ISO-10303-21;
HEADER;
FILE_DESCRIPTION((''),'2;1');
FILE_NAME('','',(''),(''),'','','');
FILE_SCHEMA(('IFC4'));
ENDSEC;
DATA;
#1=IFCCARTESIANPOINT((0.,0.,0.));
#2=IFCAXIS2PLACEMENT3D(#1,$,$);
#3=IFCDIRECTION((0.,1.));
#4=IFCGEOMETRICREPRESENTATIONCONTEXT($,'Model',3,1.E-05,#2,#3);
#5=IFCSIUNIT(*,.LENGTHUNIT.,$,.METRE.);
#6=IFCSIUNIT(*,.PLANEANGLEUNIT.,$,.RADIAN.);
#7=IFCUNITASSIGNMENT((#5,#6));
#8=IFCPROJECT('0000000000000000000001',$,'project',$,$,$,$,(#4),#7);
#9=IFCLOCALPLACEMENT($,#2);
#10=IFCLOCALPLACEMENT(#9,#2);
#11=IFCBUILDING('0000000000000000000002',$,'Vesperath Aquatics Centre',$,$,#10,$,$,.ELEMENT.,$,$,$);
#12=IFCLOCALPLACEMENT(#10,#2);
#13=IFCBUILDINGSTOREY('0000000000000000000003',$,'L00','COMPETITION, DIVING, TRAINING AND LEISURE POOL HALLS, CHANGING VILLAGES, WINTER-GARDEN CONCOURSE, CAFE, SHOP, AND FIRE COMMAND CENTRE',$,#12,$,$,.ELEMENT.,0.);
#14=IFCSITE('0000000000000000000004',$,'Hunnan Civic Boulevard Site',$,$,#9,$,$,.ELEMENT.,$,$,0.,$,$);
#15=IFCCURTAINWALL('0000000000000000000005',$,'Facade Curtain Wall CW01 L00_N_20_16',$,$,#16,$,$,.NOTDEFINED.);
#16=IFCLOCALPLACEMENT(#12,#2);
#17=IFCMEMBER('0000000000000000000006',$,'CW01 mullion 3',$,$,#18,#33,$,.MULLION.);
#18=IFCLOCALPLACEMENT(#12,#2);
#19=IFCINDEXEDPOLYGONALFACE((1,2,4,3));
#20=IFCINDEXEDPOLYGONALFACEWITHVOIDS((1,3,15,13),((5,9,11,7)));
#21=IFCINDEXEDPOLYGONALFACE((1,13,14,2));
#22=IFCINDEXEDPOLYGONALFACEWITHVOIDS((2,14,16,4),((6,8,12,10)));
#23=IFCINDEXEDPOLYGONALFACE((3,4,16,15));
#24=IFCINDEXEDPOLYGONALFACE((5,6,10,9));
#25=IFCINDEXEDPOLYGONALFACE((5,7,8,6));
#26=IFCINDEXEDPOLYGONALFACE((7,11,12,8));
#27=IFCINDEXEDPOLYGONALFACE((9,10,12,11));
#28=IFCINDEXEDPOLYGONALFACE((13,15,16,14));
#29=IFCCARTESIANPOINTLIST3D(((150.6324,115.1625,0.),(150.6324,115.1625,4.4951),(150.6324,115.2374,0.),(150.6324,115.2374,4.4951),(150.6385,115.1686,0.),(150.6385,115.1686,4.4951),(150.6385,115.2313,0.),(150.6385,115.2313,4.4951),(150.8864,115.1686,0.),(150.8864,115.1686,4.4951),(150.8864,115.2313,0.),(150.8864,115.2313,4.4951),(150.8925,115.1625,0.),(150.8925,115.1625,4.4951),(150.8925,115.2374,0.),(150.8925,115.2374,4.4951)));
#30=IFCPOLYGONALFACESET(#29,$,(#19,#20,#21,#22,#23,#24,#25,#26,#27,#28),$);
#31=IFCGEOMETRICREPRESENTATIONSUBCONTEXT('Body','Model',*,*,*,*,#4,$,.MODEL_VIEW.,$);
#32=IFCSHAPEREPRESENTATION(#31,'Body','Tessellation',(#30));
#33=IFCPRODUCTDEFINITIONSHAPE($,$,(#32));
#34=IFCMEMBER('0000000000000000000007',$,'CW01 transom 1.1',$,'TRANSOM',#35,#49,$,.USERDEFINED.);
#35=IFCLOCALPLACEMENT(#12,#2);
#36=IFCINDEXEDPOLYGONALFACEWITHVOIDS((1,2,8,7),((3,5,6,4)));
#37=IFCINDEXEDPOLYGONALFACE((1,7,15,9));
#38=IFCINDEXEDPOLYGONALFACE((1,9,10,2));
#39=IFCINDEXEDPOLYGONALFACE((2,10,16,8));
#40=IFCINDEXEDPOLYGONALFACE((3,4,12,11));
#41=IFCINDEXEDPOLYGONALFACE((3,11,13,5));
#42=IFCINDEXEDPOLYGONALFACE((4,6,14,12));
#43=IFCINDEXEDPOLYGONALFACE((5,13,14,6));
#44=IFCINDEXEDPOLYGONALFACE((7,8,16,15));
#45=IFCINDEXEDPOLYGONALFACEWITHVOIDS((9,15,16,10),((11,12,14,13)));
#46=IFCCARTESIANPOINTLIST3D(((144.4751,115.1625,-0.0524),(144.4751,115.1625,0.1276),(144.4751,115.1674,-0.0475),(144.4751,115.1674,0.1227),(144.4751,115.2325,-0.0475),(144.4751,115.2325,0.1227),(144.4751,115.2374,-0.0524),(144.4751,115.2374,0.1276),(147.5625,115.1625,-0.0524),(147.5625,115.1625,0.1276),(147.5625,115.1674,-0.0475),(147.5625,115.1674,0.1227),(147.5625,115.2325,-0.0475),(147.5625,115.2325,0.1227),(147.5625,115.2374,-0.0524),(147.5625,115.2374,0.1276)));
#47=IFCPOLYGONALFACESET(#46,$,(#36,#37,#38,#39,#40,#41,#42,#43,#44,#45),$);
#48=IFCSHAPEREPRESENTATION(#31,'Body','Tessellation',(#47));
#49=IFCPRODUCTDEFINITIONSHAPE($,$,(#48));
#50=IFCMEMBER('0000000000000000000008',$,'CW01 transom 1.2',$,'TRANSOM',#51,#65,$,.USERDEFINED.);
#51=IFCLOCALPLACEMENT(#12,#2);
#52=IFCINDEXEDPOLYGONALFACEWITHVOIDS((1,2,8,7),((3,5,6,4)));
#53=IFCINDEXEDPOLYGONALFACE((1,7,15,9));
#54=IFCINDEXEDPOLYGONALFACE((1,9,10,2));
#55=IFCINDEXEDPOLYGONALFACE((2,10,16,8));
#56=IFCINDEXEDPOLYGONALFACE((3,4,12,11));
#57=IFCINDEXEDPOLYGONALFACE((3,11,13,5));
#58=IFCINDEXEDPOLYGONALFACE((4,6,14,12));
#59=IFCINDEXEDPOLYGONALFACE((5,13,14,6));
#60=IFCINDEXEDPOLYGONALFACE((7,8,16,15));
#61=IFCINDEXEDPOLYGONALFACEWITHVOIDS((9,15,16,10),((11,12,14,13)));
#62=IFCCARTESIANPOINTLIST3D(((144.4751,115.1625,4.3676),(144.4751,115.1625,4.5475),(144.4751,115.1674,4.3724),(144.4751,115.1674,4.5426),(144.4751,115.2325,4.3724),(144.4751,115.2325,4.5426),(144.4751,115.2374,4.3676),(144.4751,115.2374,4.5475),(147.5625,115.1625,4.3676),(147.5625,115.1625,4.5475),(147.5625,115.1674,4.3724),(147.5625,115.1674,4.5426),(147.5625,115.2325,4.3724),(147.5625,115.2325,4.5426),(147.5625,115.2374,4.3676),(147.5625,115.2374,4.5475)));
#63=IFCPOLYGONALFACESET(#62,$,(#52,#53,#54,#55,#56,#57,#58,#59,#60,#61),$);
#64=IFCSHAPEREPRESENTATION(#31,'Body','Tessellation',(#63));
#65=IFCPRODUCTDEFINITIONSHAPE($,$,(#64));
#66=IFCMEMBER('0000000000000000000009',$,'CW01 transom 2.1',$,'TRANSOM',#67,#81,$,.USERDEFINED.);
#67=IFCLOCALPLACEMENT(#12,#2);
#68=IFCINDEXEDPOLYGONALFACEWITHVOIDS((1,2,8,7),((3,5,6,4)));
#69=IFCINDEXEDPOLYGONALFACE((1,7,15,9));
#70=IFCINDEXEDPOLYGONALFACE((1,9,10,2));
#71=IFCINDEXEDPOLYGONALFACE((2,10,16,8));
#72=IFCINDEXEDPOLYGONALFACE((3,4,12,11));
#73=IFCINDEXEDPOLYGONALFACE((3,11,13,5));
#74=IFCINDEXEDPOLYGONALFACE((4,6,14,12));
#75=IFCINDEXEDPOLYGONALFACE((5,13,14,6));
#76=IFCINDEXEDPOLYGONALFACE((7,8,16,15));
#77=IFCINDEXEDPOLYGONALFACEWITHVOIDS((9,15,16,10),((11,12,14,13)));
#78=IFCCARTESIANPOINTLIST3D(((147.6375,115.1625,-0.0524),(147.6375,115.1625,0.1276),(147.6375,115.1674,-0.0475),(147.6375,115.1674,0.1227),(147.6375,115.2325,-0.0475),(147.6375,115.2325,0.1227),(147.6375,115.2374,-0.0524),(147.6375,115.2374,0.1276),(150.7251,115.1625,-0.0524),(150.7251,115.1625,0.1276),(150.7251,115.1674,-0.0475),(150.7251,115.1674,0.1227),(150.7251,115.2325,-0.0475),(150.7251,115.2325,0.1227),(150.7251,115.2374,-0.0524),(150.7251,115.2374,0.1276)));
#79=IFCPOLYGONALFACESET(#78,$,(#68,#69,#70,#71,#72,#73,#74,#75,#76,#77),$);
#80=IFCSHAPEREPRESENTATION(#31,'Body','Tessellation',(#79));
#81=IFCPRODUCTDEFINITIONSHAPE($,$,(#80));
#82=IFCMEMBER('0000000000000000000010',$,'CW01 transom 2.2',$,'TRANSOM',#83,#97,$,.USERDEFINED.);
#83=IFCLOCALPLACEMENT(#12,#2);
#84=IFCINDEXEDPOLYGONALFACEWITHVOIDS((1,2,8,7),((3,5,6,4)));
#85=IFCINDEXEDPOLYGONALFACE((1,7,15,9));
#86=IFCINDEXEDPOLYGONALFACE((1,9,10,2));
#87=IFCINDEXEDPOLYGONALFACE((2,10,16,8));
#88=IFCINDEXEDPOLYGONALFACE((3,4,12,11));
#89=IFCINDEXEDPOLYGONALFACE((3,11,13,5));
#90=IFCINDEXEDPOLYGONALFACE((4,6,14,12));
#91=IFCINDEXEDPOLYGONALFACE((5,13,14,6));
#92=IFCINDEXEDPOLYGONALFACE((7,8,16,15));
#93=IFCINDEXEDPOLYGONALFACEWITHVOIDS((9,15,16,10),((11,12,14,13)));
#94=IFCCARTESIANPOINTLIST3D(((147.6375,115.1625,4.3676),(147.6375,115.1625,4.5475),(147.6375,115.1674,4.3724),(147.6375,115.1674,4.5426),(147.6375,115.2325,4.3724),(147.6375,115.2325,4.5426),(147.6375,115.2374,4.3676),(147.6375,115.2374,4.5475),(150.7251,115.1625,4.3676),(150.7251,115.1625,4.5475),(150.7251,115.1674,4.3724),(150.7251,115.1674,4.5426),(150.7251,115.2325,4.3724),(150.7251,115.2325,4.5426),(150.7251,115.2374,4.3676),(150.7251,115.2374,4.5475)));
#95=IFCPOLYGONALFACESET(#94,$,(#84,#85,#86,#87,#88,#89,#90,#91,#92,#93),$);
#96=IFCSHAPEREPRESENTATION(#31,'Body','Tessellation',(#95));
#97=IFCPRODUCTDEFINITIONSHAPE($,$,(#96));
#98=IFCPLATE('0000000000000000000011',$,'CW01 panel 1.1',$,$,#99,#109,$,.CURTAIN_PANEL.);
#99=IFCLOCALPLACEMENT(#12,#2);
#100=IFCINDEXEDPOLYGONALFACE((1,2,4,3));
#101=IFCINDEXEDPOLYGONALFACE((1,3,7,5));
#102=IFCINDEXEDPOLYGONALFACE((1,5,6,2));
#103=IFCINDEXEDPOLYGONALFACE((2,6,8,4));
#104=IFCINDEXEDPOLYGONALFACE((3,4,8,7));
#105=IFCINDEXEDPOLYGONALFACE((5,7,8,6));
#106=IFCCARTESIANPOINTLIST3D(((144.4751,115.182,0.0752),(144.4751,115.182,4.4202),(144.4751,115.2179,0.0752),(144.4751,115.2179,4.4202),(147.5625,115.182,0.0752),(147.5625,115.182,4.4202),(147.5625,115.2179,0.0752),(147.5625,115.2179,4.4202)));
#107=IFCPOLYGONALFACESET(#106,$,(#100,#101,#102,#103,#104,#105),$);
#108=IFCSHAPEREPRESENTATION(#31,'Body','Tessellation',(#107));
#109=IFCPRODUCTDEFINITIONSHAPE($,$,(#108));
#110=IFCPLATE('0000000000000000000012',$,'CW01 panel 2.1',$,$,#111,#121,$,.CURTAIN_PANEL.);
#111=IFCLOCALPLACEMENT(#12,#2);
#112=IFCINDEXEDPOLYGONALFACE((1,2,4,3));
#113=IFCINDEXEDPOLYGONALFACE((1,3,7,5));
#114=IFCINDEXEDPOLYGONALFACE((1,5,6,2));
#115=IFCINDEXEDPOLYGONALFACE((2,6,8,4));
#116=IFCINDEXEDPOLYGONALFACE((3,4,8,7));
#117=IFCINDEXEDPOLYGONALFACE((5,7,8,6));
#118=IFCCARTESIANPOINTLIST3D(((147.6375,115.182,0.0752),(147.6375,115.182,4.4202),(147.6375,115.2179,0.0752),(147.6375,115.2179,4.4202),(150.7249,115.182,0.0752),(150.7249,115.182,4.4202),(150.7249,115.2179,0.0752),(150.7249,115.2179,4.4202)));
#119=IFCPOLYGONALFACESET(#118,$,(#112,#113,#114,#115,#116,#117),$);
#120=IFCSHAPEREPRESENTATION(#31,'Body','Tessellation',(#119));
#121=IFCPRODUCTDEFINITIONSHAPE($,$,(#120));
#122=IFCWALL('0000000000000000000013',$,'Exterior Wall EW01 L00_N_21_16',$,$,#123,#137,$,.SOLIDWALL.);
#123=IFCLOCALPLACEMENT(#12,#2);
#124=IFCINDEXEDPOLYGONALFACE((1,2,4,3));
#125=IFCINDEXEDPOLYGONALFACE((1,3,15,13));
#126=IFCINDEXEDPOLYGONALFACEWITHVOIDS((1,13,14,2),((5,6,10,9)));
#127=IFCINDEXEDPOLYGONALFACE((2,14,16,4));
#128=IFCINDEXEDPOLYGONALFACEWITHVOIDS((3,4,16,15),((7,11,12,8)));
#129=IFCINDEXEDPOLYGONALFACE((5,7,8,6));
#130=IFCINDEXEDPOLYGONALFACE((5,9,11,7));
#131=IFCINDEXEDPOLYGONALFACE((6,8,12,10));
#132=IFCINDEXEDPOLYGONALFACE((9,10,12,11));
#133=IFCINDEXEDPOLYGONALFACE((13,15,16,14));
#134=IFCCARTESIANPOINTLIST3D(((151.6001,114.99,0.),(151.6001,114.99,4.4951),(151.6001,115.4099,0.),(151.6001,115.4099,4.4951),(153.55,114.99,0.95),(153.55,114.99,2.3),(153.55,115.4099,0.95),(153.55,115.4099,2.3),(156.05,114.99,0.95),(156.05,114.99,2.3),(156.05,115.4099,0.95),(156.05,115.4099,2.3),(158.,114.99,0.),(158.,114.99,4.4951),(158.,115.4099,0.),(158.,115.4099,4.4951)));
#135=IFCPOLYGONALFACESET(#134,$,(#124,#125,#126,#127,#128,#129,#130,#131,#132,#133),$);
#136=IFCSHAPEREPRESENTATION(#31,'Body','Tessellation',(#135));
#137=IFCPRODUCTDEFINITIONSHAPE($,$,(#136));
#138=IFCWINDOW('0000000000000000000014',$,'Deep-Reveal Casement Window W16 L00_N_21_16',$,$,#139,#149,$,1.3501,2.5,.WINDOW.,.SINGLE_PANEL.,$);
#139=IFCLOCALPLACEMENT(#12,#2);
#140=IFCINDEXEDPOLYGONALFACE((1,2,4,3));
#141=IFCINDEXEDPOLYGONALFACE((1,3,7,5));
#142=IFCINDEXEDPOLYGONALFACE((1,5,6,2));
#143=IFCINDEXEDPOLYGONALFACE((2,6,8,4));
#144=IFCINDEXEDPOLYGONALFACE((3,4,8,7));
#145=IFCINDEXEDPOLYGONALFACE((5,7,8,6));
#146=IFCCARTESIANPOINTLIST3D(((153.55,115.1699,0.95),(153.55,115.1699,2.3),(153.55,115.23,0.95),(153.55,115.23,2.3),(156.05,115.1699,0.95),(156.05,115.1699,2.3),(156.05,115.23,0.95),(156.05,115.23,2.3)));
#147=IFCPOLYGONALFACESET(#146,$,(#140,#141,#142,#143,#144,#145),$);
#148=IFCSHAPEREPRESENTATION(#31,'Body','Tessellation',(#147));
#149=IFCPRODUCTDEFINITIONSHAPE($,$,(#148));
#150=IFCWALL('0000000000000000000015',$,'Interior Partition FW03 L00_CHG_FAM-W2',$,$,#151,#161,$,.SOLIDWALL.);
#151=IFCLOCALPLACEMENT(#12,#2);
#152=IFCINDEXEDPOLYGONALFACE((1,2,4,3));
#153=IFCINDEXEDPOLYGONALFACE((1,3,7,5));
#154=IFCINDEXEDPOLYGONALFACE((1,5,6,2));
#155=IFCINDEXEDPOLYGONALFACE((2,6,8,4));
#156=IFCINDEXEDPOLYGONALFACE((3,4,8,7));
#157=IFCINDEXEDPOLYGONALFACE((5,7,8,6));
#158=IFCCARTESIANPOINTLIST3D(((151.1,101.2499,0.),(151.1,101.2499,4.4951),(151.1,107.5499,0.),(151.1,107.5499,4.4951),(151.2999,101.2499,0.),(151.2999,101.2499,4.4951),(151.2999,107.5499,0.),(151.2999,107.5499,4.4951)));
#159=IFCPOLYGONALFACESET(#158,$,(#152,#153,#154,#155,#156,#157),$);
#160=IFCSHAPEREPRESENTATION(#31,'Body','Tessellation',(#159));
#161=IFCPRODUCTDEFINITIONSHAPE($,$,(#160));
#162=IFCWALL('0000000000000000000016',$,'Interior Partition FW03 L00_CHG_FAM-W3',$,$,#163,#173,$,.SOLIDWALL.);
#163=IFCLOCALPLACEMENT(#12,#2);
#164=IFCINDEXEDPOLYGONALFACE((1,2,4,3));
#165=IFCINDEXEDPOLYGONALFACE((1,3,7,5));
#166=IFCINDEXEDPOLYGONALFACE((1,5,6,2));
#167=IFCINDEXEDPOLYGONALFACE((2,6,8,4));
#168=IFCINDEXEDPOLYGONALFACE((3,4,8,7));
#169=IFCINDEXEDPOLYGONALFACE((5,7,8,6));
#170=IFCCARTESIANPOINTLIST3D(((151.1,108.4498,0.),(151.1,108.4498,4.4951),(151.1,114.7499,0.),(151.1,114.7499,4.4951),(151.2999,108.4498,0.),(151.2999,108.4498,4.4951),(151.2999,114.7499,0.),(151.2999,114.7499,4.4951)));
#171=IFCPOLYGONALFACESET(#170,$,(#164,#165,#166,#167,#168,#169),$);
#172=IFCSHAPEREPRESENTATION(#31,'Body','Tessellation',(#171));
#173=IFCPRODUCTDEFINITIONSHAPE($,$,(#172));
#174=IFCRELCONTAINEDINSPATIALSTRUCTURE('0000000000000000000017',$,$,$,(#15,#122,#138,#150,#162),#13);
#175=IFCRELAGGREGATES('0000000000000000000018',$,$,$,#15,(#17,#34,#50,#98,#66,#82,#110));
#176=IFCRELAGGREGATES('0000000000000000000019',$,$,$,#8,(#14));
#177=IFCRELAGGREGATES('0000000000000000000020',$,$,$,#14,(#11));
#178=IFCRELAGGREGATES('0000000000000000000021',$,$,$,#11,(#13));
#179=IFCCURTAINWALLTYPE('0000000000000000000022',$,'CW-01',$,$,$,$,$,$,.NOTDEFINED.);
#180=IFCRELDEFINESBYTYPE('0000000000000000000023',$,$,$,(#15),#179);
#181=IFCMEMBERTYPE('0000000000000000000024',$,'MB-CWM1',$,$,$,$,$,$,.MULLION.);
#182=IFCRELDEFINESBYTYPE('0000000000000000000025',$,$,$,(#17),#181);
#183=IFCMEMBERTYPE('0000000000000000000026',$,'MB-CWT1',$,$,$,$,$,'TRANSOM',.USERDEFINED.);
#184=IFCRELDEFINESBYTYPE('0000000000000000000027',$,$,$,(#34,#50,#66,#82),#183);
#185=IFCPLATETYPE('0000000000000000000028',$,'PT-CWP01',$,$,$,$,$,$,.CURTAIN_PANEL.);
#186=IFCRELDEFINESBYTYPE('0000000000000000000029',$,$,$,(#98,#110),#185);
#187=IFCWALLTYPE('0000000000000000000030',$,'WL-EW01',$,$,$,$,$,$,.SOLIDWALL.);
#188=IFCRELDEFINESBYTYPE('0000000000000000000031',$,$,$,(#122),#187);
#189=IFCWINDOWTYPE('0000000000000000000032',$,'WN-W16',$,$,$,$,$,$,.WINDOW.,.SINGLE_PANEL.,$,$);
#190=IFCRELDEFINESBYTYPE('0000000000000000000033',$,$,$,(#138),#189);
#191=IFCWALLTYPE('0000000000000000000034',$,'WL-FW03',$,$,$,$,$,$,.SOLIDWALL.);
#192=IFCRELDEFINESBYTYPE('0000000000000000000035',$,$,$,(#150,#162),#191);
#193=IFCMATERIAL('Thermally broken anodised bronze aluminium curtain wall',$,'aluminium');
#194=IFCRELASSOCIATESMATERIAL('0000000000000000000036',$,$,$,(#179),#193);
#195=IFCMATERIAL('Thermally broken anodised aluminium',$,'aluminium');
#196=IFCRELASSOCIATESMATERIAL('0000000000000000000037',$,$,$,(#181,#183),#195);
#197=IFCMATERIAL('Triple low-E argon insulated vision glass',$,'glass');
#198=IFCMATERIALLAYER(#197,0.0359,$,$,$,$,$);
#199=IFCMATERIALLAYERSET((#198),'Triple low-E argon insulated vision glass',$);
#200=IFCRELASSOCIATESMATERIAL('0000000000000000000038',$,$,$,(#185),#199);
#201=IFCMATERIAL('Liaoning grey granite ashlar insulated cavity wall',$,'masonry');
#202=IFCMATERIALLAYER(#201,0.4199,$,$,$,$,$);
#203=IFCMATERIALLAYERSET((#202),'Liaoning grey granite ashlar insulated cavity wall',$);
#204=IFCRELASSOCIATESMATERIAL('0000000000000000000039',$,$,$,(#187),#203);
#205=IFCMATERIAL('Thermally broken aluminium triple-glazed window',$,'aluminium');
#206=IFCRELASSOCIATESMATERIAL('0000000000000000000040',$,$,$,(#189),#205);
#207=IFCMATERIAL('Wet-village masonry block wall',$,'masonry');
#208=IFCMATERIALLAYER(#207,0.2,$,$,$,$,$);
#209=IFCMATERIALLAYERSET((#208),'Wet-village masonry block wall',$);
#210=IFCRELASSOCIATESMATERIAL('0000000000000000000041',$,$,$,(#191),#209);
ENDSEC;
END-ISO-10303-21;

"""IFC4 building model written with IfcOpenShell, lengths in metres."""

from ifc_helpers import new_model, si_unit, direction, frame, frame_2d, origin, origin_2d, place, context, subcontext, project, spatial, rectangle, hollow_rectangle, extrude, material, layer, layer_set, material_profile, profile_set, type_object, element, fill, aggregate, save


model = new_model("IFC4")

# Units and contexts
model_context = context("Model", 3, precision=1e-05, world=origin(), true_north=direction((0.0, 1.0)))
body_context = subcontext(model_context, "Body", "Model", "MODEL_VIEW")
ifc_project = project(units=[si_unit("LENGTHUNIT", "METRE"), si_unit("PLANEANGLEUNIT", "RADIAN")], contexts=[model_context])

# Site, building, storey
site_placement = place(None, origin())
site = spatial("IfcSite", under=ifc_project, at=site_placement, Name="Hunnan Civic Boulevard Site", CompositionType="ELEMENT", RefElevation=0.0)
building_placement = place(site_placement, origin())
building = spatial("IfcBuilding", under=site, at=building_placement, Name="Vesperath Aquatics Centre", CompositionType="ELEMENT")
storey_placement = place(building_placement, origin())
storey = spatial("IfcBuildingStorey", under=building, at=storey_placement, Name="L00", Description="COMPETITION, DIVING, TRAINING AND LEISURE POOL HALLS, CHANGING VILLAGES, WINTER-GARDEN CONCOURSE, CAFE, SHOP, AND FIRE COMMAND CENTRE", CompositionType="ELEMENT", Elevation=0.0)

# Curtain wall, members, plates
ifc_material_1 = material(Name="Thermally broken anodised bronze aluminium curtain wall", Category="aluminium")
curtain_wall_type = type_object("IfcCurtainWallType", Name="CW-01", PredefinedType="NOTDEFINED", material=ifc_material_1)
curtain_wall_placement = place(storey_placement, origin())
curtain_wall = element("IfcCurtainWall", 1, at=curtain_wall_placement, inside=storey, type_object=curtain_wall_type, Name="Facade Curtain Wall CW01 L00_N_20_16", PredefinedType="NOTDEFINED")
ifc_material_2 = material(Name="Thermally broken anodised aluminium", Category="aluminium")
ifc_material_profile_1 = material_profile(ifc_material_2, hollow_rectangle(XDim=0.075, YDim=0.26, WallThickness=0.0061, at=origin_2d()), Name="CWM 75x260x6")
ifc_profile_set_1 = profile_set([ifc_material_profile_1], Name="Thermally broken anodised aluminium")
member_type_1 = type_object("IfcMemberType", Name="MB-CWM1", PredefinedType="MULLION", material=ifc_profile_set_1)
member_1_placement = place(storey_placement, frame((150.7625, 115.2, 0.0), z_axis=(0.0, 0.0, 1.0), x_axis=(0.0, 1.0, 0.0)))
member_1 = element("IfcMember", 2, at=member_1_placement, type_object=member_type_1, Name="CW01 mullion 3", PredefinedType="MULLION", context=body_context, shape_type="SweptSolid", body=[
    extrude(hollow_rectangle(XDim=0.075, YDim=0.26, WallThickness=0.0061, at=origin_2d()), origin(), (0.0, 0.0, 1.0), 4.4951),
])
ifc_material_profile_2 = material_profile(ifc_material_2, hollow_rectangle(XDim=0.075, YDim=0.1799, WallThickness=0.0049, at=origin_2d()), Name="CWT 75x180x5")
ifc_profile_set_2 = profile_set([ifc_material_profile_2], Name="Thermally broken anodised aluminium")
member_type_2 = type_object("IfcMemberType", Name="MB-CWT1", ElementType="TRANSOM", PredefinedType="USERDEFINED", material=ifc_profile_set_2)
member_2_placement = place(storey_placement, frame((144.4751, 115.2, 0.0376), z_axis=(1.0, 0.0, 0.0), x_axis=(0.0, 1.0, 0.0)))
member_2 = element("IfcMember", 3, at=member_2_placement, type_object=member_type_2, Name="CW01 transom 1.1", ObjectType="TRANSOM", PredefinedType="USERDEFINED", context=body_context, shape_type="SweptSolid", body=[
    extrude(hollow_rectangle(XDim=0.075, YDim=0.1799, WallThickness=0.0049, at=origin_2d()), origin(), (0.0, 0.0, 1.0), 3.0874),
])
member_3_placement = place(storey_placement, frame((144.4751, 115.2, 4.4575), z_axis=(1.0, 0.0, 0.0), x_axis=(0.0, 1.0, 0.0)))
member_3 = element("IfcMember", 4, at=member_3_placement, type_object=member_type_2, Name="CW01 transom 1.2", ObjectType="TRANSOM", PredefinedType="USERDEFINED", context=body_context, shape_type="SweptSolid", body=[
    extrude(hollow_rectangle(XDim=0.075, YDim=0.1799, WallThickness=0.0049, at=origin_2d()), origin(), (0.0, 0.0, 1.0), 3.0874),
])
member_4_placement = place(storey_placement, frame((147.6375, 115.2, 0.0376), z_axis=(1.0, 0.0, 0.0), x_axis=(0.0, 1.0, 0.0)))
member_4 = element("IfcMember", 5, at=member_4_placement, type_object=member_type_2, Name="CW01 transom 2.1", ObjectType="TRANSOM", PredefinedType="USERDEFINED", context=body_context, shape_type="SweptSolid", body=[
    extrude(hollow_rectangle(XDim=0.075, YDim=0.1799, WallThickness=0.0049, at=origin_2d()), origin(), (0.0, 0.0, 1.0), 3.0876),
])
member_5_placement = place(storey_placement, frame((147.6375, 115.2, 4.4575), z_axis=(1.0, 0.0, 0.0), x_axis=(0.0, 1.0, 0.0)))
member_5 = element("IfcMember", 6, at=member_5_placement, type_object=member_type_2, Name="CW01 transom 2.2", ObjectType="TRANSOM", PredefinedType="USERDEFINED", context=body_context, shape_type="SweptSolid", body=[
    extrude(hollow_rectangle(XDim=0.075, YDim=0.1799, WallThickness=0.0049, at=origin_2d()), origin(), (0.0, 0.0, 1.0), 3.0876),
])
ifc_material_3 = material(Name="Triple low-E argon insulated vision glass", Category="glass")
ifc_layer_1 = layer(ifc_material_3, 0.0359)
ifc_layer_set_1 = layer_set([ifc_layer_1], Name="Triple low-E argon insulated vision glass")
plate_type = type_object("IfcPlateType", Name="PT-CWP01", PredefinedType="CURTAIN_PANEL", material=ifc_layer_set_1)
plate_1_placement = place(storey_placement, frame((146.0188, 115.2, 0.0752), z_axis=(0.0, 0.0, 1.0), x_axis=(1.0, 0.0, 0.0)))
plate_1 = element("IfcPlate", 7, at=plate_1_placement, type_object=plate_type, Name="CW01 panel 1.1", PredefinedType="CURTAIN_PANEL", context=body_context, shape_type="SweptSolid", body=[
    extrude(rectangle(XDim=3.0874, YDim=0.0359, at=origin_2d()), origin(), (0.0, 0.0, 1.0), 4.345),
])
plate_2_placement = place(storey_placement, frame((149.1812, 115.2, 0.0752), z_axis=(0.0, 0.0, 1.0), x_axis=(1.0, 0.0, 0.0)))
plate_2 = element("IfcPlate", 8, at=plate_2_placement, type_object=plate_type, Name="CW01 panel 2.1", PredefinedType="CURTAIN_PANEL", context=body_context, shape_type="SweptSolid", body=[
    extrude(rectangle(XDim=3.0874, YDim=0.0359, at=origin_2d()), origin(), (0.0, 0.0, 1.0), 4.345),
])
aggregate(curtain_wall, [member_1, member_2, member_3, plate_1, member_4, member_5, plate_2])

# Wall, opening, window
ifc_material_4 = material(Name="Liaoning grey granite ashlar insulated cavity wall", Category="masonry")
ifc_layer_2 = layer(ifc_material_4, 0.4199)
ifc_layer_set_2 = layer_set([ifc_layer_2], Name="Liaoning grey granite ashlar insulated cavity wall")
wall_type_1 = type_object("IfcWallType", Name="WL-EW01", PredefinedType="SOLIDWALL", material=ifc_layer_set_2)
wall_placement = place(storey_placement, frame((151.6001, 115.2, 0.0), z_axis=(0.0, 0.0, 1.0), x_axis=(1.0, 0.0, 0.0)))
wall = element("IfcWall", 9, at=wall_placement, inside=storey, type_object=wall_type_1, Name="Exterior Wall EW01 L00_N_21_16", PredefinedType="SOLIDWALL", context=body_context, shape_type="SweptSolid", body=[
    extrude(rectangle(XDim=6.3999, YDim=0.4199, at=frame_2d((3.2, 0.0))), origin(), (0.0, 0.0, 1.0), 4.4951),
])
opening_placement = place(wall_placement, frame((1.95, 0.0, 0.95)))
opening = element("IfcOpeningElement", 10, at=opening_placement, cuts=wall, PredefinedType="OPENING", context=body_context, shape_type="SweptSolid", body=[
    extrude(rectangle(XDim=2.5, YDim=1.3501, at=frame_2d((1.25, 0.675))), frame((0.0, 0.2249, 0.0), z_axis=(0.0, -1.0, 0.0), x_axis=(1.0, 0.0, 0.0)), (0.0, 0.0, 1.0), 0.4497),
])
ifc_material_5 = material(Name="Thermally broken aluminium triple-glazed window", Category="aluminium")
window_type = type_object("IfcWindowType", Name="WN-W16", PartitioningType="SINGLE_PANEL", PredefinedType="WINDOW", material=ifc_material_5)
window_placement = place(opening_placement, origin())
window = element("IfcWindow", 11, at=window_placement, inside=storey, type_object=window_type, Name="Deep-Reveal Casement Window W16 L00_N_21_16", OverallHeight=1.3501, OverallWidth=2.5, PartitioningType="SINGLE_PANEL", PredefinedType="WINDOW", context=body_context, shape_type="SweptSolid", body=[
    extrude(rectangle(XDim=2.5, YDim=1.3501, at=frame_2d((1.25, 0.675))), frame((0.0, 0.03, 0.0), z_axis=(0.0, -1.0, 0.0), x_axis=(1.0, 0.0, 0.0)), (0.0, 0.0, 1.0), 0.0601),
])
fill(opening, window)

# Walls
ifc_material_6 = material(Name="Wet-village masonry block wall", Category="masonry")
ifc_layer_3 = layer(ifc_material_6, 0.2)
ifc_layer_set_3 = layer_set([ifc_layer_3], Name="Wet-village masonry block wall")
wall_type_2 = type_object("IfcWallType", Name="WL-FW03", PredefinedType="SOLIDWALL", material=ifc_layer_set_3)
for number, where, z_axis, x_axis, name in (
    (12, (151.2, 101.25, 0.0), (0.0, 0.0, 1.0), (0.0, 1.0, 0.0), "Interior Partition FW03 L00_CHG_FAM-W2"),
    (13, (151.2, 108.45, 0.0), (0.0, 0.0, 1.0), (0.0, 1.0, 0.0), "Interior Partition FW03 L00_CHG_FAM-W3"),
):
    element("IfcWall", number, at=place(storey_placement, frame(where, z_axis=z_axis, x_axis=x_axis)), inside=storey, type_object=wall_type_2, Name=name, PredefinedType="SOLIDWALL", context=body_context, shape_type="SweptSolid", body=[
        extrude(rectangle(XDim=6.3, YDim=0.2, at=frame_2d((3.1499, 0.0))), origin(), (0.0, 0.0, 1.0), 4.4951),
    ])

save(model, "model.ifc")
